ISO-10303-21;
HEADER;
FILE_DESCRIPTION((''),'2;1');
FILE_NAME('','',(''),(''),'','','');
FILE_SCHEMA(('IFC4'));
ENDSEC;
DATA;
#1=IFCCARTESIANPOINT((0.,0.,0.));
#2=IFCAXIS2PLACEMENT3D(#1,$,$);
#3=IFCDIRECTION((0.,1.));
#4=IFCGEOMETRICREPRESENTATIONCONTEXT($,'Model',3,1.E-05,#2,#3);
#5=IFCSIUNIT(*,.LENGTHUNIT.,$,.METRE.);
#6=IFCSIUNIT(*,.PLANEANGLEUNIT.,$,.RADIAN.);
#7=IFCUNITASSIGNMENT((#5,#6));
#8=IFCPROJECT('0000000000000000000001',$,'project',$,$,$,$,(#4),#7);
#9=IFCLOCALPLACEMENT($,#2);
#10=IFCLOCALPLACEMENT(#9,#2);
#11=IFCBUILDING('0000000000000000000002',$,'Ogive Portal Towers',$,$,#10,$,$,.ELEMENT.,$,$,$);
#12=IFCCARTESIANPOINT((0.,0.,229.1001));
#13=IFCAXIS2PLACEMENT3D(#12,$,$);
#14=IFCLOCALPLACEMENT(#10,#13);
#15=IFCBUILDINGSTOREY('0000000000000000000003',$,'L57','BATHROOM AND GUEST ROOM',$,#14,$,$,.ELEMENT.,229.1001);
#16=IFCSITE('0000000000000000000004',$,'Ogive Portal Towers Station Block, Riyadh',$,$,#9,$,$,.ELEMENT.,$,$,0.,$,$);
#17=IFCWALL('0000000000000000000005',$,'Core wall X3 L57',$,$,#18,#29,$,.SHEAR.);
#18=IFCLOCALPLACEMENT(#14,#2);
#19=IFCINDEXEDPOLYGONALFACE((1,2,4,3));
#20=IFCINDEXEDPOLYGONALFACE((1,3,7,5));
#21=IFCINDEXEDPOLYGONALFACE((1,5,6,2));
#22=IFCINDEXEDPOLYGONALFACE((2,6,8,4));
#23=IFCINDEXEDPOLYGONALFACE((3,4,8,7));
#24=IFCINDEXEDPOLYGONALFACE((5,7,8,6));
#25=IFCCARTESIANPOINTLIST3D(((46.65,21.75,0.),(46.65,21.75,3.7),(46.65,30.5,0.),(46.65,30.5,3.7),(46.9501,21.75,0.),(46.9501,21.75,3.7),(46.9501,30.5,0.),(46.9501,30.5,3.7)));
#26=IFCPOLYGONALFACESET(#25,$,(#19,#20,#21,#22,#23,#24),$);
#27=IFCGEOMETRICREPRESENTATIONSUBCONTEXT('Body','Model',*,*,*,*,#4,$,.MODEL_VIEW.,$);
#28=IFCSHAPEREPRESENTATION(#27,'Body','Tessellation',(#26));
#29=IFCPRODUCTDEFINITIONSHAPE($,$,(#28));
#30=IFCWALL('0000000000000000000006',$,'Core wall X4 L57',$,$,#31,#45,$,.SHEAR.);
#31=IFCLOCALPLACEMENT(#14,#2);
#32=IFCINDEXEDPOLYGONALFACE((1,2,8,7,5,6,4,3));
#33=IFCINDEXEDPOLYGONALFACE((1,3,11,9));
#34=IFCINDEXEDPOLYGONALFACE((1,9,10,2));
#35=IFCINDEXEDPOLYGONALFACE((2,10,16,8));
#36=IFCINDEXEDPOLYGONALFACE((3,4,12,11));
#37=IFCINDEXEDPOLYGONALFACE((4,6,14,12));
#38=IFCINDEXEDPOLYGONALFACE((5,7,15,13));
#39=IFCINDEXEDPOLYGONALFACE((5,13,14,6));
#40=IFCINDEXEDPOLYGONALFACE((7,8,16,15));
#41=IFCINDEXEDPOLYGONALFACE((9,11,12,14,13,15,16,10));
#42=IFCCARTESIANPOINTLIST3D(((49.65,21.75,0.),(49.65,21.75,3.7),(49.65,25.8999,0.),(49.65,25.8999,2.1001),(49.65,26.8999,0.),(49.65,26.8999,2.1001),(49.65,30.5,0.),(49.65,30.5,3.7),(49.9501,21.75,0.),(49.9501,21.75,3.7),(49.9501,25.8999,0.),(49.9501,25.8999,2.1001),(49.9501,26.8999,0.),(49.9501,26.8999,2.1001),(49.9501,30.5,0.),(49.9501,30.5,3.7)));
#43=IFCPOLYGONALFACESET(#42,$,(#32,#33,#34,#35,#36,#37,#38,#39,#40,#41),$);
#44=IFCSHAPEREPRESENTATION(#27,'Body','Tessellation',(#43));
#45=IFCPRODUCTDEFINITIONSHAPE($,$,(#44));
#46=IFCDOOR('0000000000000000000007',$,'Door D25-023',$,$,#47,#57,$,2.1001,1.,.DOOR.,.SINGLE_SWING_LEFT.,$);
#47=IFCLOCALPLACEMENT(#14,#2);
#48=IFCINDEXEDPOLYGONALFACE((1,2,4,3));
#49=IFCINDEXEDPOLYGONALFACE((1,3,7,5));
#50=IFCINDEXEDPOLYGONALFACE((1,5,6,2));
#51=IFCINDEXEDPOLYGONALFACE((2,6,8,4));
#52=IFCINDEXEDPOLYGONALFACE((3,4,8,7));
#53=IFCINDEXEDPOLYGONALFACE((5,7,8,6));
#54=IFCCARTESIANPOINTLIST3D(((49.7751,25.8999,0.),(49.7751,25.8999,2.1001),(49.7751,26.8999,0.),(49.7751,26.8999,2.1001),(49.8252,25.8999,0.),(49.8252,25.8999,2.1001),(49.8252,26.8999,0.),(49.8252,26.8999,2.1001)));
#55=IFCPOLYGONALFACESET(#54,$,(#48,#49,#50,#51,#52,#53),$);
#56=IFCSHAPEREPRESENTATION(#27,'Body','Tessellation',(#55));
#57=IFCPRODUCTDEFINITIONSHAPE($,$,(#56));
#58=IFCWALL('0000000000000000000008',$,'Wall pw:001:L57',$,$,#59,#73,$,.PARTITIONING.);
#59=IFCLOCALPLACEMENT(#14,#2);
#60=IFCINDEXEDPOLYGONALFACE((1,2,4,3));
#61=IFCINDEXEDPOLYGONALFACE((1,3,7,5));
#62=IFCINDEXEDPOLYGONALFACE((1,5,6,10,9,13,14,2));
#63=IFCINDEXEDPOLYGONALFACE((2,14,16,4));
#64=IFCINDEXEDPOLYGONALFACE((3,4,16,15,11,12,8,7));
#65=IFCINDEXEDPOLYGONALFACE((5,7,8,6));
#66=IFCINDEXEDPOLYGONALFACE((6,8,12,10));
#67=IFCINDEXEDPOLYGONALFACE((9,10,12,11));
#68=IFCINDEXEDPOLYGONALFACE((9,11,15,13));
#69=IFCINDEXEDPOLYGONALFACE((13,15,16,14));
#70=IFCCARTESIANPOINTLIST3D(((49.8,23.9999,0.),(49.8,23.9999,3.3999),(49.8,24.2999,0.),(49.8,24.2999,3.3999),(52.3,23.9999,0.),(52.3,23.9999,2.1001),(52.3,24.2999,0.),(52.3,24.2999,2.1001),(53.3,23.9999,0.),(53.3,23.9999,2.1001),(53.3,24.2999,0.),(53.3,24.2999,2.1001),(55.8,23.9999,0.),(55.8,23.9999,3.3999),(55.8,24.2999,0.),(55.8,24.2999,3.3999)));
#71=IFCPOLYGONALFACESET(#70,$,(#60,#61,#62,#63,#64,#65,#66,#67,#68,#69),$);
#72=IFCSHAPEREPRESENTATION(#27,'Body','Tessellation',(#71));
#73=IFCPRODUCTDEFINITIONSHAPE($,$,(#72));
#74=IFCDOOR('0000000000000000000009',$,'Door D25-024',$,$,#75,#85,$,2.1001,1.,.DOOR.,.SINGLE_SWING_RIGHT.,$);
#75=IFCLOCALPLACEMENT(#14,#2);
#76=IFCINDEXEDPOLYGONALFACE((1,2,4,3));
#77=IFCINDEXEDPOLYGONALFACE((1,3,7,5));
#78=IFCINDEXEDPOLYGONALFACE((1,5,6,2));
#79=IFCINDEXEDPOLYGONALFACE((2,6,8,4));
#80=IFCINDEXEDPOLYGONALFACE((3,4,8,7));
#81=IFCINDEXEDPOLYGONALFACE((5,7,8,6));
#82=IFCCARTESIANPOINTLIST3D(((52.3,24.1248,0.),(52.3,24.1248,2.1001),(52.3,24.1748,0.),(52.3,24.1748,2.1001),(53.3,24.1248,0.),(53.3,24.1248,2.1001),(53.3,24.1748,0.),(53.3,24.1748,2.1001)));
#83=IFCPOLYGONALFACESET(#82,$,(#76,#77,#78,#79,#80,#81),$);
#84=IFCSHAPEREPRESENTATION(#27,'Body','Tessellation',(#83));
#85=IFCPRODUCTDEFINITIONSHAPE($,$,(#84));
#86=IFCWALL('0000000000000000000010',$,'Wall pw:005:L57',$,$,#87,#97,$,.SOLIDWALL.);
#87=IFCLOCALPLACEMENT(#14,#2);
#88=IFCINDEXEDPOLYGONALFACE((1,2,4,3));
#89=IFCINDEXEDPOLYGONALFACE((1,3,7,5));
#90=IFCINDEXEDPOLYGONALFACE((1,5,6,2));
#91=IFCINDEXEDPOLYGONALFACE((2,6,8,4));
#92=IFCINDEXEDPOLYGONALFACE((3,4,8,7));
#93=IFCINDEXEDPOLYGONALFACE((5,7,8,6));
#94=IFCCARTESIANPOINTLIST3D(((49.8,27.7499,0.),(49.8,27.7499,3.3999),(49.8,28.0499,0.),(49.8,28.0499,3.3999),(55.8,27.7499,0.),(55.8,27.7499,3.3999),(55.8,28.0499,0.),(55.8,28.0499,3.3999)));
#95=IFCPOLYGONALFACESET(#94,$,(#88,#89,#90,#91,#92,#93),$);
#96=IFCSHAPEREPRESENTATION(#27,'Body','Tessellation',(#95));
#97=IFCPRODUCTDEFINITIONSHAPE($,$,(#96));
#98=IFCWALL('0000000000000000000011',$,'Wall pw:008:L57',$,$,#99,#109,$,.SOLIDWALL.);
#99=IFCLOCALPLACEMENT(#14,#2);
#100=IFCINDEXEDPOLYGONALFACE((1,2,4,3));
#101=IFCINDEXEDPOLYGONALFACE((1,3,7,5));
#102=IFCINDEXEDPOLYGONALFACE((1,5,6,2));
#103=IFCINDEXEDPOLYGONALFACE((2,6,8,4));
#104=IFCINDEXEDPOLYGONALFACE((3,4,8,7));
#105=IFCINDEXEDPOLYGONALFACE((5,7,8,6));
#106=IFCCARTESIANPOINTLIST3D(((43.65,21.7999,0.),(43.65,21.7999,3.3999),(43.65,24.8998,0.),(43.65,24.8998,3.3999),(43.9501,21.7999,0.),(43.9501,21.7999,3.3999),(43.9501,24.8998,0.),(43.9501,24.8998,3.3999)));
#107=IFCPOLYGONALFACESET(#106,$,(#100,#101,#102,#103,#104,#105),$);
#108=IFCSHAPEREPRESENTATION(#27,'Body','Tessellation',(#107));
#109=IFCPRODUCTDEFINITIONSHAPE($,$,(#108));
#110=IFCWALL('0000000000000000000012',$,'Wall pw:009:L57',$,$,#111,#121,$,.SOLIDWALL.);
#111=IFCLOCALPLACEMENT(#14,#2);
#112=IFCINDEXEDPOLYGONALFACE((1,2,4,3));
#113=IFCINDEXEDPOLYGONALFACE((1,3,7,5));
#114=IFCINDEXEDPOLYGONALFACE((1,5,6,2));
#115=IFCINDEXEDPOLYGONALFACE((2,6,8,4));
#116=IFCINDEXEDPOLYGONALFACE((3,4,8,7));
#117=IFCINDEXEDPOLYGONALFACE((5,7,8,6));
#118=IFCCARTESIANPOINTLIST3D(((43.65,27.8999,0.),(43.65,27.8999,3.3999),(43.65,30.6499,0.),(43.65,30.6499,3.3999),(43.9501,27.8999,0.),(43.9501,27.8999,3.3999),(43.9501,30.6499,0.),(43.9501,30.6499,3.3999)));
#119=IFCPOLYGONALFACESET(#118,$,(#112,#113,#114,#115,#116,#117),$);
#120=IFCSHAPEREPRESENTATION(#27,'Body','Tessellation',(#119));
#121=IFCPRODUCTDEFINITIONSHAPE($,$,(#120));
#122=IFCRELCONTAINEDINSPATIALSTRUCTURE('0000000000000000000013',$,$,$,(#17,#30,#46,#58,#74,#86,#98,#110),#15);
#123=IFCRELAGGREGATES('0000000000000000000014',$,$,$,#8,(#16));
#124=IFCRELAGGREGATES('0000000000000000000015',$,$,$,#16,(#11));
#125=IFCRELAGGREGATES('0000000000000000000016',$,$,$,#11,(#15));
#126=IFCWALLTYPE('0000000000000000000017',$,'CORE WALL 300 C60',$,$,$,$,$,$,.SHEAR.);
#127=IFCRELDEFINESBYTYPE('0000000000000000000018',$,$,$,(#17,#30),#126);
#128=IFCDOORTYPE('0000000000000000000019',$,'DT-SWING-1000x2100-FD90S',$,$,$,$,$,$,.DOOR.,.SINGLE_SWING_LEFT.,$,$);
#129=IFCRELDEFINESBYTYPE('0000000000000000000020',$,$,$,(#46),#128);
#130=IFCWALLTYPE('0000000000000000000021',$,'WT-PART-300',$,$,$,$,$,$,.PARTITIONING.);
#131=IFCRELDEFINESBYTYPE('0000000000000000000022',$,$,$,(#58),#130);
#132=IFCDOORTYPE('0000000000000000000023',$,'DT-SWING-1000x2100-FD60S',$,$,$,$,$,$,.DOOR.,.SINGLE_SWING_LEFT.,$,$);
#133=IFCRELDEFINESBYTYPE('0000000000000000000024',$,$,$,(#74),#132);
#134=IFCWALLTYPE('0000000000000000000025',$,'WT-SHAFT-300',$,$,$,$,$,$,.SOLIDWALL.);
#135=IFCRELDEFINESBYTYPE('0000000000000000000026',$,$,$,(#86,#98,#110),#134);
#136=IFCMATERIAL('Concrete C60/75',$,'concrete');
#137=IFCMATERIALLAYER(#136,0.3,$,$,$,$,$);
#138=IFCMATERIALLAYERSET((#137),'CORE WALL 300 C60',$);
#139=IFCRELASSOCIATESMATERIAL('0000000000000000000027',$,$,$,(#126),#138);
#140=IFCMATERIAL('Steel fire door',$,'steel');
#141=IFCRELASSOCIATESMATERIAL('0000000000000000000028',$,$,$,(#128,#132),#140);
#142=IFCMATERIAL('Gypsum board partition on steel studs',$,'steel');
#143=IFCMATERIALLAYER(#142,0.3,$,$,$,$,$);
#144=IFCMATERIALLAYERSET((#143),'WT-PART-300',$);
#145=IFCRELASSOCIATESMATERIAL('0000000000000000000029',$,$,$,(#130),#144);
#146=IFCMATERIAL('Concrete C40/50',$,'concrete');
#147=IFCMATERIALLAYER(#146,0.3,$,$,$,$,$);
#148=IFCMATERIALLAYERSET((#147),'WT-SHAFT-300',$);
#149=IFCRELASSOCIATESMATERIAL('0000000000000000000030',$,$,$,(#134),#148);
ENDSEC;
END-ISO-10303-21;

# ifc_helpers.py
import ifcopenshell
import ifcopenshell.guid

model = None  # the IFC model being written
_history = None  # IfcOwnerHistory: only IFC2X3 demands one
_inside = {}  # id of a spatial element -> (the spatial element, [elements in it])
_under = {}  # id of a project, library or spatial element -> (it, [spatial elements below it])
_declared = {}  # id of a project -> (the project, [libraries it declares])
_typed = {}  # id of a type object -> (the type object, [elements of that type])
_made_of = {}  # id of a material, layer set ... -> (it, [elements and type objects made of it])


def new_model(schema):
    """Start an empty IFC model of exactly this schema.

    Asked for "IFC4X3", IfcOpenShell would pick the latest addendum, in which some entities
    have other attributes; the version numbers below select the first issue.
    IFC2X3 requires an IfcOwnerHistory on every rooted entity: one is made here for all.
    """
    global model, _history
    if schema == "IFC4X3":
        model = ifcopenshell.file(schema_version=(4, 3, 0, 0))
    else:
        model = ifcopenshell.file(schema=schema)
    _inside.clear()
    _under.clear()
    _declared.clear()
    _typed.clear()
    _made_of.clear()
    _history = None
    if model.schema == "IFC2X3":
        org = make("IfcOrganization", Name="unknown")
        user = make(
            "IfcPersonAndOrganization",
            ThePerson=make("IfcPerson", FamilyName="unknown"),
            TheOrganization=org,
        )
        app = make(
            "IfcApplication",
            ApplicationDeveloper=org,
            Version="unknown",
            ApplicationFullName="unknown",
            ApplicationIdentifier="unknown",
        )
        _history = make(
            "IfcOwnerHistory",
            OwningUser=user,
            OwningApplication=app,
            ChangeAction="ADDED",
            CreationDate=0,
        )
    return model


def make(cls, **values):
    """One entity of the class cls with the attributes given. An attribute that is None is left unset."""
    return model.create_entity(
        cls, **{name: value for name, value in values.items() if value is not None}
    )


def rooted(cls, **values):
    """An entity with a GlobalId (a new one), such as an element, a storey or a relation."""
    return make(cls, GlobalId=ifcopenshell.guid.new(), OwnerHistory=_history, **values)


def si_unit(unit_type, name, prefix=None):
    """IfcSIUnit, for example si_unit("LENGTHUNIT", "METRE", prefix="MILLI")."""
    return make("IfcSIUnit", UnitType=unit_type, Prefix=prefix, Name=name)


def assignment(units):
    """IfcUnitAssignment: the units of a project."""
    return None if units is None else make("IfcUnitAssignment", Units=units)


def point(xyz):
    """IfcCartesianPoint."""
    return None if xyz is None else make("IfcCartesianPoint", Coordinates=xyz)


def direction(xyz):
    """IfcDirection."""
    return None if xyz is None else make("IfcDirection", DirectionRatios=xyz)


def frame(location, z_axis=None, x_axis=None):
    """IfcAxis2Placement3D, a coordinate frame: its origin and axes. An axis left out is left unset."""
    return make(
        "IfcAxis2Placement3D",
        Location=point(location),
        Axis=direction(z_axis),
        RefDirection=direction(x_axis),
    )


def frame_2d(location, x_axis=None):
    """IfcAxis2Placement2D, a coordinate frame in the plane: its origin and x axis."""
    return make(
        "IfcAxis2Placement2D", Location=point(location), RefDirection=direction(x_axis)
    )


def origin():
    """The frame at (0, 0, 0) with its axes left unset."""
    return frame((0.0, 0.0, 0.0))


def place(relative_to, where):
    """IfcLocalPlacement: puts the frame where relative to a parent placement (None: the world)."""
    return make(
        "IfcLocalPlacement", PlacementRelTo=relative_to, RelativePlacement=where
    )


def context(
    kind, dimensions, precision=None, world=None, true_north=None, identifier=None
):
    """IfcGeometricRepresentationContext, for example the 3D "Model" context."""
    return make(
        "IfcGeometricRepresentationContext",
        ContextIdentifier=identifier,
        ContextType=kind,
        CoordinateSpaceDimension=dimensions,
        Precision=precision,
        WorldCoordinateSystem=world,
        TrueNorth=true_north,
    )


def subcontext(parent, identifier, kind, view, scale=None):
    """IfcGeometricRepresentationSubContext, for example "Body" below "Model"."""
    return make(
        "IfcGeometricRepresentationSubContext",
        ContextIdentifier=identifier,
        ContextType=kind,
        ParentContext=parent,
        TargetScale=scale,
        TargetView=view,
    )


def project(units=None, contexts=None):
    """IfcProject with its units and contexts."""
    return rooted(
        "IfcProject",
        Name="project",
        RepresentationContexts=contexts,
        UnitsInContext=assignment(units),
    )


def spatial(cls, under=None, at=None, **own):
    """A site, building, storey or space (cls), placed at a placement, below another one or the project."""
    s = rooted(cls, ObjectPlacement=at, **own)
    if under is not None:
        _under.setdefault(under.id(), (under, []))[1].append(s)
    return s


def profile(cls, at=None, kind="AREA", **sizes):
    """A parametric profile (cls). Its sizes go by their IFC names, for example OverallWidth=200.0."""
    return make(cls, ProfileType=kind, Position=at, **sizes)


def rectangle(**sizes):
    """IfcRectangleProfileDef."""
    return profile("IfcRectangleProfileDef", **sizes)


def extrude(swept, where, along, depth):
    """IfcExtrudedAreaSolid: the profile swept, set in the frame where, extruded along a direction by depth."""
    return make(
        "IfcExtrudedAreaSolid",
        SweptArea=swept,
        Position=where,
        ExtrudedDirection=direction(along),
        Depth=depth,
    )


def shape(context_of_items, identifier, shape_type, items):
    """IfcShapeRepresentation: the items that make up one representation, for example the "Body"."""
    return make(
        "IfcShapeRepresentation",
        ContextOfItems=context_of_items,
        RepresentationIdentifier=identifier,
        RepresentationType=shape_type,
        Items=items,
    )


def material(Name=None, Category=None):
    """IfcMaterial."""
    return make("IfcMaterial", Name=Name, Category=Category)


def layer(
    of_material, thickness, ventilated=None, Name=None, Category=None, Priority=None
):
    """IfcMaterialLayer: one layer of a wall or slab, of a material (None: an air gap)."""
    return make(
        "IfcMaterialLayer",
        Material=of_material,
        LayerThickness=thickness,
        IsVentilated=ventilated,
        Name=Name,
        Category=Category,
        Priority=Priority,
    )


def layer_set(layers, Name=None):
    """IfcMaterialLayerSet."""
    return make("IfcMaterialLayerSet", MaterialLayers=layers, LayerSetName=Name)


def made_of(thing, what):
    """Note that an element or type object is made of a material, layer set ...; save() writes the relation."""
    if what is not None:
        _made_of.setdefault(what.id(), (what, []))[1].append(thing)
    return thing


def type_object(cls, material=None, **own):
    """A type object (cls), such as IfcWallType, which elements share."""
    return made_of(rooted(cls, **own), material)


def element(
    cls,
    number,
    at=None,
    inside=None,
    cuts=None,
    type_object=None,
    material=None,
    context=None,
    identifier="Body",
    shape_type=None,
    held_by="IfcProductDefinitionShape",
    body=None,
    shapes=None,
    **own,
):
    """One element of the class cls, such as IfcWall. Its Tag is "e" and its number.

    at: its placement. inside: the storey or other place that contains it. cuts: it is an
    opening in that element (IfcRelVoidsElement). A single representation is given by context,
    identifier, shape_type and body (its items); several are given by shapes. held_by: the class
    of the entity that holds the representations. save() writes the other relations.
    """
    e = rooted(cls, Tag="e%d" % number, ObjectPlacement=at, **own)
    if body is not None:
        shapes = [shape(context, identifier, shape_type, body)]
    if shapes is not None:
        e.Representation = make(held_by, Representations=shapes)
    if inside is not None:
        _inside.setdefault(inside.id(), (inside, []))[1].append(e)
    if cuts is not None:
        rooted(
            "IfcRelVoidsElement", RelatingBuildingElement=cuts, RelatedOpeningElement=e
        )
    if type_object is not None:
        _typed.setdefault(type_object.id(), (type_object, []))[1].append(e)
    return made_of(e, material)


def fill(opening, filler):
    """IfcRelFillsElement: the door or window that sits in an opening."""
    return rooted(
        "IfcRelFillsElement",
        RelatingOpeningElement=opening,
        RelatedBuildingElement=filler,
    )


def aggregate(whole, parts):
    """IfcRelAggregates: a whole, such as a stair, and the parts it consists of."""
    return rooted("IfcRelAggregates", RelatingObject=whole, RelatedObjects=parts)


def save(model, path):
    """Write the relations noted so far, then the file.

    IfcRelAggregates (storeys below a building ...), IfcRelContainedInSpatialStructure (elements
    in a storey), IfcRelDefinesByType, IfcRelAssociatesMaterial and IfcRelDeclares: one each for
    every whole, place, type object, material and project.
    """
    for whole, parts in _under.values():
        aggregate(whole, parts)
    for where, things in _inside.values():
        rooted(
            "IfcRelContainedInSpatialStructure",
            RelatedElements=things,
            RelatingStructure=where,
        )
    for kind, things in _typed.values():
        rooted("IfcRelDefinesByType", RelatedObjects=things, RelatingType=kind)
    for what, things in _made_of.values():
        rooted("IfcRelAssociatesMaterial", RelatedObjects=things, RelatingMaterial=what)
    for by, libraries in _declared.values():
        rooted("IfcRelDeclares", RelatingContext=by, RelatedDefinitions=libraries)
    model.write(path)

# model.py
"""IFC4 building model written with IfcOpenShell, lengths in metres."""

from ifc_helpers import new_model, si_unit, direction, frame, frame_2d, origin, place, context, subcontext, project, spatial, rectangle, extrude, material, layer, layer_set, type_object, element, fill, save


model = new_model("IFC4")

# Units and contexts
model_context = context("Model", 3, precision=1e-05, world=origin(), true_north=direction((0.0, 1.0)))
body_context = subcontext(model_context, "Body", "Model", "MODEL_VIEW")
ifc_project = project(units=[si_unit("LENGTHUNIT", "METRE"), si_unit("PLANEANGLEUNIT", "RADIAN")], contexts=[model_context])

# Site, building, storey
site_placement = place(None, origin())
site = spatial("IfcSite", under=ifc_project, at=site_placement, Name="Ogive Portal Towers Station Block, Riyadh", CompositionType="ELEMENT", RefElevation=0.0)
building_placement = place(site_placement, origin())
building = spatial("IfcBuilding", under=site, at=building_placement, Name="Ogive Portal Towers", CompositionType="ELEMENT")
storey_placement = place(building_placement, frame((0.0, 0.0, 229.1001)))
storey = spatial("IfcBuildingStorey", under=building, at=storey_placement, Name="L57", Description="BATHROOM AND GUEST ROOM", CompositionType="ELEMENT", Elevation=229.1001)

# Wall
ifc_material_1 = material(Name="Concrete C60/75", Category="concrete")
ifc_layer_1 = layer(ifc_material_1, 0.3)
ifc_layer_set_1 = layer_set([ifc_layer_1], Name="CORE WALL 300 C60")
wall_type_1 = type_object("IfcWallType", Name="CORE WALL 300 C60", PredefinedType="SHEAR", material=ifc_layer_set_1)
wall_1_placement = place(storey_placement, frame((46.8, 21.75, 0.0), z_axis=(0.0, 0.0, 1.0), x_axis=(0.0, 1.0, 0.0)))
element("IfcWall", 1, at=wall_1_placement, inside=storey, type_object=wall_type_1, Name="Core wall X3 L57", PredefinedType="SHEAR", context=body_context, shape_type="SweptSolid", body=[
    extrude(rectangle(XDim=8.75, YDim=0.3, at=frame_2d((4.375, 0.0))), origin(), (0.0, 0.0, 1.0), 3.7),
])

# Wall, opening, door
wall_2_placement = place(storey_placement, frame((49.8, 21.75, 0.0), z_axis=(0.0, 0.0, 1.0), x_axis=(0.0, 1.0, 0.0)))
wall_2 = element("IfcWall", 2, at=wall_2_placement, inside=storey, type_object=wall_type_1, Name="Core wall X4 L57", PredefinedType="SHEAR", context=body_context, shape_type="SweptSolid", body=[
    extrude(rectangle(XDim=8.75, YDim=0.3, at=frame_2d((4.375, 0.0))), origin(), (0.0, 0.0, 1.0), 3.7),
])
opening_1_placement = place(wall_2_placement, frame((4.1499, 0.0, 0.0)))
opening_1 = element("IfcOpeningElement", 3, at=opening_1_placement, cuts=wall_2, PredefinedType="OPENING", context=body_context, shape_type="SweptSolid", body=[
    extrude(rectangle(XDim=1.0, YDim=2.1001, at=frame_2d((0.5, 1.05))), frame((0.0, 0.1602, 0.0), z_axis=(0.0, -1.0, 0.0), x_axis=(1.0, 0.0, 0.0)), (0.0, 0.0, 1.0), 0.3201),
])
ifc_material_2 = material(Name="Steel fire door", Category="steel")
door_type_1 = type_object("IfcDoorType", Name="DT-SWING-1000x2100-FD90S", OperationType="SINGLE_SWING_LEFT", PredefinedType="DOOR", material=ifc_material_2)
door_1_placement = place(opening_1_placement, origin())
door_1 = element("IfcDoor", 4, at=door_1_placement, inside=storey, type_object=door_type_1, Name="Door D25-023", OperationType="SINGLE_SWING_LEFT", OverallHeight=2.1001, OverallWidth=1.0, PredefinedType="DOOR", context=body_context, shape_type="SweptSolid", body=[
    extrude(rectangle(XDim=1.0, YDim=2.1001, at=frame_2d((0.5, 1.05))), frame((0.0, 0.0249, 0.0), z_axis=(0.0, -1.0, 0.0), x_axis=(1.0, 0.0, 0.0)), (0.0, 0.0, 1.0), 0.05),
])
fill(opening_1, door_1)

# Wall, opening, door
ifc_material_3 = material(Name="Gypsum board partition on steel studs", Category="steel")
ifc_layer_2 = layer(ifc_material_3, 0.3)
ifc_layer_set_2 = layer_set([ifc_layer_2], Name="WT-PART-300")
wall_type_2 = type_object("IfcWallType", Name="WT-PART-300", PredefinedType="PARTITIONING", material=ifc_layer_set_2)
wall_3_placement = place(storey_placement, frame((49.8, 24.1499, 0.0), z_axis=(0.0, 0.0, 1.0), x_axis=(1.0, 0.0, 0.0)))
wall_3 = element("IfcWall", 5, at=wall_3_placement, inside=storey, type_object=wall_type_2, Name="Wall pw:001:L57", PredefinedType="PARTITIONING", context=body_context, shape_type="SweptSolid", body=[
    extrude(rectangle(XDim=6.0, YDim=0.3, at=frame_2d((3.0, 0.0))), origin(), (0.0, 0.0, 1.0), 3.3999),
])
opening_2_placement = place(wall_3_placement, frame((2.5, 0.0, 0.0)))
opening_2 = element("IfcOpeningElement", 6, at=opening_2_placement, cuts=wall_3, PredefinedType="OPENING", context=body_context, shape_type="SweptSolid", body=[
    extrude(rectangle(XDim=1.0, YDim=2.1001, at=frame_2d((0.5, 1.05))), frame((0.0, 0.1602, 0.0), z_axis=(0.0, -1.0, 0.0), x_axis=(1.0, 0.0, 0.0)), (0.0, 0.0, 1.0), 0.3201),
])
door_type_2 = type_object("IfcDoorType", Name="DT-SWING-1000x2100-FD60S", OperationType="SINGLE_SWING_LEFT", PredefinedType="DOOR", material=ifc_material_2)
door_2_placement = place(opening_2_placement, origin())
door_2 = element("IfcDoor", 7, at=door_2_placement, inside=storey, type_object=door_type_2, Name="Door D25-024", OperationType="SINGLE_SWING_RIGHT", OverallHeight=2.1001, OverallWidth=1.0, PredefinedType="DOOR", context=body_context, shape_type="SweptSolid", body=[
    extrude(rectangle(XDim=1.0, YDim=2.1001, at=frame_2d((0.5, 1.05))), frame((0.0, 0.0249, 0.0), z_axis=(0.0, -1.0, 0.0), x_axis=(1.0, 0.0, 0.0)), (0.0, 0.0, 1.0), 0.05),
])
fill(opening_2, door_2)

# Walls
ifc_material_4 = material(Name="Concrete C40/50", Category="concrete")
ifc_layer_3 = layer(ifc_material_4, 0.3)
ifc_layer_set_3 = layer_set([ifc_layer_3], Name="WT-SHAFT-300")
wall_type_3 = type_object("IfcWallType", Name="WT-SHAFT-300", PredefinedType="SOLIDWALL", material=ifc_layer_set_3)
wall_4_placement = place(storey_placement, frame((49.8, 27.8999, 0.0), z_axis=(0.0, 0.0, 1.0), x_axis=(1.0, 0.0, 0.0)))
element("IfcWall", 8, at=wall_4_placement, inside=storey, type_object=wall_type_3, Name="Wall pw:005:L57", PredefinedType="SOLIDWALL", context=body_context, shape_type="SweptSolid", body=[
    extrude(rectangle(XDim=6.0, YDim=0.3, at=frame_2d((3.0, 0.0))), origin(), (0.0, 0.0, 1.0), 3.3999),
])
wall_5_placement = place(storey_placement, frame((43.8, 21.8, 0.0), z_axis=(0.0, 0.0, 1.0), x_axis=(0.0, 1.0, 0.0)))
element("IfcWall", 9, at=wall_5_placement, inside=storey, type_object=wall_type_3, Name="Wall pw:008:L57", PredefinedType="SOLIDWALL", context=body_context, shape_type="SweptSolid", body=[
    extrude(rectangle(XDim=3.0999, YDim=0.3, at=frame_2d((1.5498, 0.0))), origin(), (0.0, 0.0, 1.0), 3.3999),
])
wall_6_placement = place(storey_placement, frame((43.8, 27.8999, 0.0), z_axis=(0.0, 0.0, 1.0), x_axis=(0.0, 1.0, 0.0)))
element("IfcWall", 10, at=wall_6_placement, inside=storey, type_object=wall_type_3, Name="Wall pw:009:L57", PredefinedType="SOLIDWALL", context=body_context, shape_type="SweptSolid", body=[
    extrude(rectangle(XDim=2.75, YDim=0.3, at=frame_2d((1.375, 0.0))), origin(), (0.0, 0.0, 1.0), 3.3999),
])

save(model, "model.ifc")
